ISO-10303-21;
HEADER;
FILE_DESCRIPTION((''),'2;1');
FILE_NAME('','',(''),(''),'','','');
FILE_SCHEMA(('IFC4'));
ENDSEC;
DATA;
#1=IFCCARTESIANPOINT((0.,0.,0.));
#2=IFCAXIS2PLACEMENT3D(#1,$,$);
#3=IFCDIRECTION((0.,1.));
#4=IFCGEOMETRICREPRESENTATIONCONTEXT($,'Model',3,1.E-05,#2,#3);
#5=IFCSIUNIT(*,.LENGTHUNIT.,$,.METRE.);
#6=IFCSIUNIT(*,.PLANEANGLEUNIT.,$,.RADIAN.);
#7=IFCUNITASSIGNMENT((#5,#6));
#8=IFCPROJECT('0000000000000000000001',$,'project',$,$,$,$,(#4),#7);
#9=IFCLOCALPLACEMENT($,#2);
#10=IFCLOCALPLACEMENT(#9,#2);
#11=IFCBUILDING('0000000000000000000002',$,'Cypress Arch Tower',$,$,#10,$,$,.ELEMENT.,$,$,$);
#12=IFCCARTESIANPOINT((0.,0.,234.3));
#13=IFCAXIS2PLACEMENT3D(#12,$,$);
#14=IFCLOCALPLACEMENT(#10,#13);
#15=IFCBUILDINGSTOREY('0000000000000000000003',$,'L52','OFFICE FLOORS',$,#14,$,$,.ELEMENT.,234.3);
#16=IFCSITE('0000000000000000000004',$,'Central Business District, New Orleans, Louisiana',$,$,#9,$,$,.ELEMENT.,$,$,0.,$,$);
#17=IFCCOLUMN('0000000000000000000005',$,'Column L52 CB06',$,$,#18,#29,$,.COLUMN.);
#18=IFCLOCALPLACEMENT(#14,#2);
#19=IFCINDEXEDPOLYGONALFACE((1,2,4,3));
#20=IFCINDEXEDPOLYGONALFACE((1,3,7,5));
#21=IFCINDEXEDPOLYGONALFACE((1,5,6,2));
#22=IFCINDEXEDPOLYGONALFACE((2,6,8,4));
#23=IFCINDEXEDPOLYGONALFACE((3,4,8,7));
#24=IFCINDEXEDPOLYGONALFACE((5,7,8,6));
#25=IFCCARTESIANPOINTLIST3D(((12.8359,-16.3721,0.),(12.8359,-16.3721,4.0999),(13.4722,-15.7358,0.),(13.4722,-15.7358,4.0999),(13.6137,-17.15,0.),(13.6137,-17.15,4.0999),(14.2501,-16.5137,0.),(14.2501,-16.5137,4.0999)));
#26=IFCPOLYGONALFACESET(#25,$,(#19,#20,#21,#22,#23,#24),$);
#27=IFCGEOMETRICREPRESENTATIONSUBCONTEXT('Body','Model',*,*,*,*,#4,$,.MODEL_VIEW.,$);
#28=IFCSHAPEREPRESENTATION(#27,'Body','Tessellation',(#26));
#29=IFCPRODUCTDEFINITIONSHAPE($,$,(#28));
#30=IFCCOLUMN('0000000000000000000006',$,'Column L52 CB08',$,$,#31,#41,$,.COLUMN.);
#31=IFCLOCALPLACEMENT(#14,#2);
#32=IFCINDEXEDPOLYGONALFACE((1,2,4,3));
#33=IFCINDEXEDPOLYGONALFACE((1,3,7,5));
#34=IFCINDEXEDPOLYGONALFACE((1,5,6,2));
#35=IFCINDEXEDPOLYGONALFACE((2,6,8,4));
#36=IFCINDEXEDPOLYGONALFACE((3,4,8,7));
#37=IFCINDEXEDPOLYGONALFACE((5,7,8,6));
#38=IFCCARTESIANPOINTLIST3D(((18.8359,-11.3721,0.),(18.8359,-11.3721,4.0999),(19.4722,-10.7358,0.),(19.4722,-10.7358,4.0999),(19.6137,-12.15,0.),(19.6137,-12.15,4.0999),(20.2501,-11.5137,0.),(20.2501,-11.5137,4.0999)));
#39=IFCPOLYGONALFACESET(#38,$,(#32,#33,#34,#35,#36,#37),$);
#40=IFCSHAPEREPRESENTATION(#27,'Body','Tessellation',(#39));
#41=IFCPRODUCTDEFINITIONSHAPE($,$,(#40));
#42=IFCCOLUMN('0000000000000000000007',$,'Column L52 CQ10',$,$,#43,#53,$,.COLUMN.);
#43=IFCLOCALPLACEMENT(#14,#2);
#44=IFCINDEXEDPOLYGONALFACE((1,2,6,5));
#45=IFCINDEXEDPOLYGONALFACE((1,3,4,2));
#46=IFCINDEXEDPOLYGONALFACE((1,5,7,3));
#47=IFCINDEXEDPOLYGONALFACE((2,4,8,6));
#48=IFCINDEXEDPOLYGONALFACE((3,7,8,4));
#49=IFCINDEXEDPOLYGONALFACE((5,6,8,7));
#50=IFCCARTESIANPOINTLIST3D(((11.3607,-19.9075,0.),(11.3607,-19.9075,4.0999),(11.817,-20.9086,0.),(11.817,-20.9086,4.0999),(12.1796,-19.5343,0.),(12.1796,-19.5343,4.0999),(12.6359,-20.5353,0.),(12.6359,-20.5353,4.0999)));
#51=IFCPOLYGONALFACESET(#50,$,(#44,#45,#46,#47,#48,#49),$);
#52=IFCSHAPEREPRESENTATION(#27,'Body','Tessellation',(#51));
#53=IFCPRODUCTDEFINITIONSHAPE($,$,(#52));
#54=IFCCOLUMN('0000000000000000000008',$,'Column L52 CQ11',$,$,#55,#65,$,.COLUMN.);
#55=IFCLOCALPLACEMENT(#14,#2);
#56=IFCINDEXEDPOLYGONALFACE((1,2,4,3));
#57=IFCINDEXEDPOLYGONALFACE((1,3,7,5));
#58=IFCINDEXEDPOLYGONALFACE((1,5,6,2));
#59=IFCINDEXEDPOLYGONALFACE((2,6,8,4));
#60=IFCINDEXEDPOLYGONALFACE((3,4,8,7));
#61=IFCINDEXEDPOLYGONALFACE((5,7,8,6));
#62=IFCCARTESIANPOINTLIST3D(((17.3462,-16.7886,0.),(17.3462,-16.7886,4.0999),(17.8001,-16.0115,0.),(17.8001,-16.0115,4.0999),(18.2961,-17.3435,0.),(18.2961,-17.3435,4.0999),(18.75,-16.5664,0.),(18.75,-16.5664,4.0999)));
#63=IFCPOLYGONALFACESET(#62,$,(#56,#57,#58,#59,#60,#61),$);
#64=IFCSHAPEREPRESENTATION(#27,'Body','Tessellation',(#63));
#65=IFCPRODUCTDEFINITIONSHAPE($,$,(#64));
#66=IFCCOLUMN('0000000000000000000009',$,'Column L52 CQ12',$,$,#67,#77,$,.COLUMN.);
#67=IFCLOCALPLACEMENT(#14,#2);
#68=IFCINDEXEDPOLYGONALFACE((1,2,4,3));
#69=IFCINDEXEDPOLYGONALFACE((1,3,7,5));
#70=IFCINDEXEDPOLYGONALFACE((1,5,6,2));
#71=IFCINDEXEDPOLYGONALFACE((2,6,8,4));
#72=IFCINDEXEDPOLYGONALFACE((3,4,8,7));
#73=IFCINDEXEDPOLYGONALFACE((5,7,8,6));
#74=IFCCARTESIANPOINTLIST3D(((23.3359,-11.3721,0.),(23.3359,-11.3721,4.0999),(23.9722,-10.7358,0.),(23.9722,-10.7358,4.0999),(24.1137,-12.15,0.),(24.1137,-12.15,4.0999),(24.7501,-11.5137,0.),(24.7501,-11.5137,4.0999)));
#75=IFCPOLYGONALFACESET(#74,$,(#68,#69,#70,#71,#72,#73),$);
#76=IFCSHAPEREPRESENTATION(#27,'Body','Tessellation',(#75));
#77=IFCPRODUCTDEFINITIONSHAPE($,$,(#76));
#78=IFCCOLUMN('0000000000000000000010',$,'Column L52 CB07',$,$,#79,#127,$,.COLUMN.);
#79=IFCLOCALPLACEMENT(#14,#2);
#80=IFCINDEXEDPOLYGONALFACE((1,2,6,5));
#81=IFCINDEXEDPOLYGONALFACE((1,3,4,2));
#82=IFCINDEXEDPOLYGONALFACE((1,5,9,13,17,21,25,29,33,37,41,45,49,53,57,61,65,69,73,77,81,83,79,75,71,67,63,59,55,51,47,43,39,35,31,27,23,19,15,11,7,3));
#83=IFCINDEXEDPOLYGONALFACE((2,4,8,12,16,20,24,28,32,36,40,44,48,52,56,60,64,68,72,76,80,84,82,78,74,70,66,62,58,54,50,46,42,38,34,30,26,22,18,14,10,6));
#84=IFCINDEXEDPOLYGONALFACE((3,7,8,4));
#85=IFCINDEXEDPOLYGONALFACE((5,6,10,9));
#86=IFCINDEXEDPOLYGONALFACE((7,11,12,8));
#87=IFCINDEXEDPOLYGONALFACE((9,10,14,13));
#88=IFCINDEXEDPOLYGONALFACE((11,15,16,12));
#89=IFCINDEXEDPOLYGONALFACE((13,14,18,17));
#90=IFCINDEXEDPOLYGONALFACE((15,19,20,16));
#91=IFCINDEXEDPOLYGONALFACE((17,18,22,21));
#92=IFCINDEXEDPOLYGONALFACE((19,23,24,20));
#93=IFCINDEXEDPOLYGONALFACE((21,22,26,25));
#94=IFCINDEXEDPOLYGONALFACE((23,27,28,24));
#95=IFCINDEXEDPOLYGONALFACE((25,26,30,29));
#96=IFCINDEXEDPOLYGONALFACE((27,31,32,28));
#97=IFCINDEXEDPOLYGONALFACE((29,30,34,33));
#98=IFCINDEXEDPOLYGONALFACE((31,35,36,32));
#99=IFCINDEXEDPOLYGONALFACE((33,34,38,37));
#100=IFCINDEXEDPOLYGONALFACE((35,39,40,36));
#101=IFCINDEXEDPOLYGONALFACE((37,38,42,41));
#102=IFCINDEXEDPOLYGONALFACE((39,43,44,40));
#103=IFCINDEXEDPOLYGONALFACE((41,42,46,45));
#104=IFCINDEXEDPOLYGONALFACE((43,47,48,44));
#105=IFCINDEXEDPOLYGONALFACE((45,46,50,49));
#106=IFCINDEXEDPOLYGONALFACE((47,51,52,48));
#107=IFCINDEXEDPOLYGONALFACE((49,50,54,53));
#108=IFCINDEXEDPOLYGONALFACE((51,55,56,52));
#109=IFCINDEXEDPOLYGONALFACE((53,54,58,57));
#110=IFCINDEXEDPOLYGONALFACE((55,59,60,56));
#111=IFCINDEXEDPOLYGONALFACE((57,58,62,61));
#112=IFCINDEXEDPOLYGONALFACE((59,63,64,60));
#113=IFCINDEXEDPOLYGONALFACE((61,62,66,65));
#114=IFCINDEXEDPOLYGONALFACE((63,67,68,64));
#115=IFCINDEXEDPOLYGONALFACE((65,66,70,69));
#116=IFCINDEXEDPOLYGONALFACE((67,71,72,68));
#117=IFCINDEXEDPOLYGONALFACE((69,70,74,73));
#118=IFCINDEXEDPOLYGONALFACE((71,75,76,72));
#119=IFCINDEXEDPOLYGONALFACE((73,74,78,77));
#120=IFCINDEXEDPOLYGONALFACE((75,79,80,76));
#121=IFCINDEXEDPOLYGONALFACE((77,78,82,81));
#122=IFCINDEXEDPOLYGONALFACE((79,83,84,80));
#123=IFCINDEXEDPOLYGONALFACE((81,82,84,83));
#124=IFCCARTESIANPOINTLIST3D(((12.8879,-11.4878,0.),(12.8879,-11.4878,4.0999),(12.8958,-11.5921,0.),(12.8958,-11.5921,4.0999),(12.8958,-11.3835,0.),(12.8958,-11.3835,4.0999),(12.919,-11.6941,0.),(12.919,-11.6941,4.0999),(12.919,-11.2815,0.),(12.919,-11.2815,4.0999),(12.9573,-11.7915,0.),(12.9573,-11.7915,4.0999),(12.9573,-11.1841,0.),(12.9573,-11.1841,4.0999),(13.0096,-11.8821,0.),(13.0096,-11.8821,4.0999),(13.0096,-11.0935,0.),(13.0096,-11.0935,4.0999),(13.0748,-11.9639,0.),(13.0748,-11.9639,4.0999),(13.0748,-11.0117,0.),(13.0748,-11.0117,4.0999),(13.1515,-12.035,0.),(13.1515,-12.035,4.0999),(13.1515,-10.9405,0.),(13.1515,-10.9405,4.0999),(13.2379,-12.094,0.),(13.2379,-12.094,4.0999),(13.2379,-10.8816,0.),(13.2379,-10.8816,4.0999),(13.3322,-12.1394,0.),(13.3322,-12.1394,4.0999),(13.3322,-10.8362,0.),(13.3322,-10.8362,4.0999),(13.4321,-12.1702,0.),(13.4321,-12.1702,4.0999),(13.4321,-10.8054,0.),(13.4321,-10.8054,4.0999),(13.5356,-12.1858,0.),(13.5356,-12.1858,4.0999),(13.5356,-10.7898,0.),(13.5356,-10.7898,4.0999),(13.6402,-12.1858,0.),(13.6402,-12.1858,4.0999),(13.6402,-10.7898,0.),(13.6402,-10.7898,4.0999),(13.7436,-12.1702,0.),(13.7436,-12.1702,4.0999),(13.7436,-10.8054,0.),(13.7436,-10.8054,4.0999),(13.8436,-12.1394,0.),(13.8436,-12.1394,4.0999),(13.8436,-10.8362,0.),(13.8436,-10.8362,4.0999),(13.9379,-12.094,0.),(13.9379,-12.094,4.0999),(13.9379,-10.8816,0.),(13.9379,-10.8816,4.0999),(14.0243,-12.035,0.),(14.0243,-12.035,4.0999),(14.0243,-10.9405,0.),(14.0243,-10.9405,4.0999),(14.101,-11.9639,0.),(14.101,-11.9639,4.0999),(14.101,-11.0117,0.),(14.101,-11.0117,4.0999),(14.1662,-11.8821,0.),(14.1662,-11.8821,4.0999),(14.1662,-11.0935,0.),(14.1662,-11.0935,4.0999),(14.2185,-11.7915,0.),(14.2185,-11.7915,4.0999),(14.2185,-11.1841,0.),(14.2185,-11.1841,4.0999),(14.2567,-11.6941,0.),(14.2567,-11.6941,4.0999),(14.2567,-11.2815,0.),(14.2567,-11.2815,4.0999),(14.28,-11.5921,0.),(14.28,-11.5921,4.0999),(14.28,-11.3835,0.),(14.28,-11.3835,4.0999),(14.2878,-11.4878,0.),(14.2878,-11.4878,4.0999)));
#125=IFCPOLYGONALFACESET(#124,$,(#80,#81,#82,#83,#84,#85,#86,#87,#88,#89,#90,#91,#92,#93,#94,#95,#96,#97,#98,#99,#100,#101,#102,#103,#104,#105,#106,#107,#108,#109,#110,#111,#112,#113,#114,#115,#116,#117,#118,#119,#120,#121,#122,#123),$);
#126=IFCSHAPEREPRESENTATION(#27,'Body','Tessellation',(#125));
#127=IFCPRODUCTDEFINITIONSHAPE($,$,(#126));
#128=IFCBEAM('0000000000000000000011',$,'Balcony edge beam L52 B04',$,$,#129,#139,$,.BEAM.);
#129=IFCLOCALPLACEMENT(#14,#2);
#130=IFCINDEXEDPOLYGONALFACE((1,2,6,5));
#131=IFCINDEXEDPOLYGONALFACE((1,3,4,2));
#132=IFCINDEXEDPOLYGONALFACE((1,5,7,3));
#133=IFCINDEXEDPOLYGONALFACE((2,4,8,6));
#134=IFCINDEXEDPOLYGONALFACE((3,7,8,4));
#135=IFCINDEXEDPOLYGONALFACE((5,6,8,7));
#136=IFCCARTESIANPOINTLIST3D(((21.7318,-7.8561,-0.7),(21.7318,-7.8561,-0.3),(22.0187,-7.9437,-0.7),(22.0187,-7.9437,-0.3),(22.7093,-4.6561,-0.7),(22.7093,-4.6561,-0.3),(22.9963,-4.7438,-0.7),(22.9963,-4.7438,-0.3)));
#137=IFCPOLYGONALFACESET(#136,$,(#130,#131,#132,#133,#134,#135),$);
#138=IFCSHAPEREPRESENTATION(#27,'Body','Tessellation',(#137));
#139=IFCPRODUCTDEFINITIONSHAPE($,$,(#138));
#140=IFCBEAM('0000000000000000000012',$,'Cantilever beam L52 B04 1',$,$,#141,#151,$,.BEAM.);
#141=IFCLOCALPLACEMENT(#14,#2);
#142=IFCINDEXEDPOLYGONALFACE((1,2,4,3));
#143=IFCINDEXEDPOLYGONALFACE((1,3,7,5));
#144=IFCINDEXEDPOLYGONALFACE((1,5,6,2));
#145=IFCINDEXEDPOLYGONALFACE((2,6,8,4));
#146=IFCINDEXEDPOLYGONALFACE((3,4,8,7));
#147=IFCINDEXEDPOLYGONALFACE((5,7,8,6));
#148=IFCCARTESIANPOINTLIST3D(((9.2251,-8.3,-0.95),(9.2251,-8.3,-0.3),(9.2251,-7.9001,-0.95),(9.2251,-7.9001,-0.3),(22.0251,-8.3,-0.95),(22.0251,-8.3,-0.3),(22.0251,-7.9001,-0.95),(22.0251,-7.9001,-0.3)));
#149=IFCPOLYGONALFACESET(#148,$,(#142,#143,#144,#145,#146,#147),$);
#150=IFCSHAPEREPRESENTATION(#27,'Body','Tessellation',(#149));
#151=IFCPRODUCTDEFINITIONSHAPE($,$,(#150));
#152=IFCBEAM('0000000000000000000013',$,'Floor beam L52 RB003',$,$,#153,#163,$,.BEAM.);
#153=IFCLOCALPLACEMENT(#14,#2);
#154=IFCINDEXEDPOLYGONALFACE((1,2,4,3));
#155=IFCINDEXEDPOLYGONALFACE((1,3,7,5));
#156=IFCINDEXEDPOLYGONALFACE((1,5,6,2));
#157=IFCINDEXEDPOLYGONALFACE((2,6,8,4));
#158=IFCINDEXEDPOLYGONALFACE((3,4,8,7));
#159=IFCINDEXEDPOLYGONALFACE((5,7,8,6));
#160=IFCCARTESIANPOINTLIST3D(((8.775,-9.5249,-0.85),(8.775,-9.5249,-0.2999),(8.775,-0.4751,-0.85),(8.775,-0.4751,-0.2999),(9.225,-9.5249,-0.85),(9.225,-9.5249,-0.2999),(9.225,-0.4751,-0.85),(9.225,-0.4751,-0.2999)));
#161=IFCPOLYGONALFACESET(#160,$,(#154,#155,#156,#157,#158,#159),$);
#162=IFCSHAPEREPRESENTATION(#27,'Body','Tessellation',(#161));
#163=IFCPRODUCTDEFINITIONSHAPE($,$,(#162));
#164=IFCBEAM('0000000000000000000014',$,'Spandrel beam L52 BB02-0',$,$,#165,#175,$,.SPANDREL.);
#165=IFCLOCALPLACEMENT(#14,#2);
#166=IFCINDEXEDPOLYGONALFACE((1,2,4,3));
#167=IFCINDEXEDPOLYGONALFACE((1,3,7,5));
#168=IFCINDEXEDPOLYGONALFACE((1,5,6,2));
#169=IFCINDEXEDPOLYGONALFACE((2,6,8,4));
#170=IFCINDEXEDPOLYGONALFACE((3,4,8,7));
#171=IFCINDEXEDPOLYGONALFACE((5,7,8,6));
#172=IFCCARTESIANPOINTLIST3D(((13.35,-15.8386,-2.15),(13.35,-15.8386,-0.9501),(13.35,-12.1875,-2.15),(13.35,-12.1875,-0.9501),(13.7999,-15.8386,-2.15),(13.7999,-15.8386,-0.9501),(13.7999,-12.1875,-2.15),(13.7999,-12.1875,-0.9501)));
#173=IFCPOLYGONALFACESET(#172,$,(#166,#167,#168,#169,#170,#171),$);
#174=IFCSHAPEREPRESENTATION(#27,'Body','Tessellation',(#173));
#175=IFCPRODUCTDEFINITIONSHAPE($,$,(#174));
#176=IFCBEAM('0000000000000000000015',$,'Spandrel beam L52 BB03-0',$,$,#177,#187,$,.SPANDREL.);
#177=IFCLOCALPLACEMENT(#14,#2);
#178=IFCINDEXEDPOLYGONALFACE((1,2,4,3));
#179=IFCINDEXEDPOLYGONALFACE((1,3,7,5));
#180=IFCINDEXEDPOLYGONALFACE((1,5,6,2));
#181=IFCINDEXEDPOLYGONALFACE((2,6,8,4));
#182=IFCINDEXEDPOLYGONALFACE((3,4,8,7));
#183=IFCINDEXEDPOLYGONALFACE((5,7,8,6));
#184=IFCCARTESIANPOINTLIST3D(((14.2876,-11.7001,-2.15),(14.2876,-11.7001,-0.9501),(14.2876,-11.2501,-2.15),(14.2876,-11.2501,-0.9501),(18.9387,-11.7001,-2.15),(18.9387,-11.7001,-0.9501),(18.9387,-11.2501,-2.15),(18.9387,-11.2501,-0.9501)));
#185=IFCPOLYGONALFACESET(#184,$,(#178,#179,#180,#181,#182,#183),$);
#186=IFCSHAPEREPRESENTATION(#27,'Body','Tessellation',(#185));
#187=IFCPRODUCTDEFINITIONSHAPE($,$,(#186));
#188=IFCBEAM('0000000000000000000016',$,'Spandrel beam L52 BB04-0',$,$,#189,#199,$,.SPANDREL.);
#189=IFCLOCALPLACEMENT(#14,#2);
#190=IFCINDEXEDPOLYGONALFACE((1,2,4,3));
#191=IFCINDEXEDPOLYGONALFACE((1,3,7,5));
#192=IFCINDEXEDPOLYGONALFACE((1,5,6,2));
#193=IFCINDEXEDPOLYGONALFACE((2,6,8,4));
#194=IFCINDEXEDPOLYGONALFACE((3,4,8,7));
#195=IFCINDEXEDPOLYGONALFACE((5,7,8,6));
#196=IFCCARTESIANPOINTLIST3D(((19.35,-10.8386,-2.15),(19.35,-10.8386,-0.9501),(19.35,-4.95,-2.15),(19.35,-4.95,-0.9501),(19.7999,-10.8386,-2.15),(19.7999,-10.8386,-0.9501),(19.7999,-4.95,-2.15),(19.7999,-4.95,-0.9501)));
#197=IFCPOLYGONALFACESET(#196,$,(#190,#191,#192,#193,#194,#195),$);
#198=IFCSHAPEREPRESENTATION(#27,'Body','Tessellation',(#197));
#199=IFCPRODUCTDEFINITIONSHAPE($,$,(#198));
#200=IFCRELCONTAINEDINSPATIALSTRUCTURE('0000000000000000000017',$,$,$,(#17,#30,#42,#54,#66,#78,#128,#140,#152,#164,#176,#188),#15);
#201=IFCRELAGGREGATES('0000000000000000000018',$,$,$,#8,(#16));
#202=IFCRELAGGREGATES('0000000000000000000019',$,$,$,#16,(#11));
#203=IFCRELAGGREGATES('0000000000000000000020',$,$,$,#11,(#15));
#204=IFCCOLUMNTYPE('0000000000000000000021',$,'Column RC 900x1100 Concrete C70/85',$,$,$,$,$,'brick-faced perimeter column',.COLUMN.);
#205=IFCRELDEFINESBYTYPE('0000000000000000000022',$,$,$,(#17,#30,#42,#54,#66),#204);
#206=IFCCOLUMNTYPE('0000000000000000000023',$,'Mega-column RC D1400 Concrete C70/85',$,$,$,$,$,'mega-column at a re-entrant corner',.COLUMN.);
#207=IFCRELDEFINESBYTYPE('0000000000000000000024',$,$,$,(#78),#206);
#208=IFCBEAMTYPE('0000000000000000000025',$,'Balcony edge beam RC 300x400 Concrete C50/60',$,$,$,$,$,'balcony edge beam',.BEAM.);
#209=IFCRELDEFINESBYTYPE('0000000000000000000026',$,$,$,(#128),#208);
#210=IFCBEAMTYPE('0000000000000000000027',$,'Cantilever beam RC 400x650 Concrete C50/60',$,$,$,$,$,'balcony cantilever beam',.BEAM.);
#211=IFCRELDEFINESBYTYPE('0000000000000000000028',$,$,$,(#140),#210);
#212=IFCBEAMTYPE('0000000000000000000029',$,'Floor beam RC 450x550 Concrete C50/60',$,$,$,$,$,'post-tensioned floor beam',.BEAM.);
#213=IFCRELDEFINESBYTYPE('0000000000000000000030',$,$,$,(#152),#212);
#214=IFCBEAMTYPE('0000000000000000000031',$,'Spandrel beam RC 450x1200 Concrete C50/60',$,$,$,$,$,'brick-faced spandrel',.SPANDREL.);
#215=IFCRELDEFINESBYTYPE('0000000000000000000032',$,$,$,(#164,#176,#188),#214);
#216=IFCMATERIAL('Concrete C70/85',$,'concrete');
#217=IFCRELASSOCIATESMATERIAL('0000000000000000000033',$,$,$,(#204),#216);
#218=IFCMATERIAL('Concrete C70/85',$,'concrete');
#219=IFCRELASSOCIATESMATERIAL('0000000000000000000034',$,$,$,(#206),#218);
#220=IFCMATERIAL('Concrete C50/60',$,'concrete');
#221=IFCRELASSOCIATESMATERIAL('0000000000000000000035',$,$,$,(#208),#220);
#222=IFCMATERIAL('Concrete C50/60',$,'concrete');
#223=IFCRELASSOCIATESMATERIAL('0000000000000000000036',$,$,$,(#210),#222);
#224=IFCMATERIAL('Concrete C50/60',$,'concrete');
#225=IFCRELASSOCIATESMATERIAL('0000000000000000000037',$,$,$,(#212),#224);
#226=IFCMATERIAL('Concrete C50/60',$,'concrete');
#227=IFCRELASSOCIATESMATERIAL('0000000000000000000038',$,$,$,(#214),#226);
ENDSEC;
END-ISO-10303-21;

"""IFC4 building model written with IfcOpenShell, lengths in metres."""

from ifc_helpers import new_model, si_unit, direction, frame, origin, origin_2d, place, context, subcontext, project, spatial, rectangle, circle, extrude, material, material_profile, profile_set, type_object, element, save


model = new_model("IFC4")

# Units and contexts
model_context = context("Model", 3, precision=1e-05, world=origin(), true_north=direction((0.0, 1.0)))
body_context = subcontext(model_context, "Body", "Model", "MODEL_VIEW")
ifc_project = project(units=[si_unit("LENGTHUNIT", "METRE"), si_unit("PLANEANGLEUNIT", "RADIAN")], contexts=[model_context])

# Site, building, storey
site_placement = place(None, origin())
site = spatial("IfcSite", under=ifc_project, at=site_placement, Name="Central Business District, New Orleans, Louisiana", CompositionType="ELEMENT", RefElevation=0.0)
building_placement = place(site_placement, origin())
building = spatial("IfcBuilding", under=site, at=building_placement, Name="Cypress Arch Tower", CompositionType="ELEMENT")
storey_placement = place(building_placement, frame((0.0, 0.0, 234.3)))
storey = spatial("IfcBuildingStorey", under=building, at=storey_placement, Name="L52", Description="OFFICE FLOORS", CompositionType="ELEMENT", Elevation=234.3)

# Columns
ifc_material_1 = material(Name="Concrete C70/85", Category="concrete")
ifc_material_profile_1 = material_profile(ifc_material_1, rectangle(XDim=0.8999, YDim=1.1001, at=origin_2d()), Name="RC 900x1100")
ifc_profile_set_1 = profile_set([ifc_material_profile_1], Name="Concrete C70/85")
column_type_1 = type_object("IfcColumnType", Name="Column RC 900x1100 Concrete C70/85", ElementType="brick-faced perimeter column", PredefinedType="COLUMN", material=ifc_profile_set_1)
for number, where, z_axis, x_axis, name in (
    (1, (13.543, -16.4429, 0.0), (0.0, 0.0, 1.0), (0.707107, 0.707107, 0.0), "Column L52 CB06"),
    (2, (19.543, -11.4429, 0.0), (0.0, 0.0, 1.0), (0.707107, 0.707107, 0.0), "Column L52 CB08"),
    (3, (11.9983, -20.2214, 0.0), (0.0, 0.0, 1.0), (0.909932, 0.414757, 0.0), "Column L52 CQ10"),
    (4, (18.0481, -16.6775, 0.0), (0.0, 0.0, 1.0), (0.504399, 0.863471, 0.0), "Column L52 CQ11"),
    (5, (24.043, -11.4429, 0.0), (0.0, 0.0, 1.0), (0.707107, 0.707107, 0.0), "Column L52 CQ12"),
):
    element("IfcColumn", number, at=place(storey_placement, frame(where, z_axis=z_axis, x_axis=x_axis)), inside=storey, type_object=column_type_1, Name=name, PredefinedType="COLUMN", context=body_context, shape_type="SweptSolid", body=[
        extrude(rectangle(XDim=0.8999, YDim=1.1001, at=origin_2d()), origin(), (0.0, 0.0, 1.0), 4.0999),
    ])
ifc_material_2 = material(Name="Concrete C70/85", Category="concrete")
ifc_material_profile_2 = material_profile(ifc_material_2, circle(Radius=0.7, at=origin_2d()), Name="RC D1400")
ifc_profile_set_2 = profile_set([ifc_material_profile_2], Name="Concrete C70/85")
column_type_2 = type_object("IfcColumnType", Name="Mega-column RC D1400 Concrete C70/85", ElementType="mega-column at a re-entrant corner", PredefinedType="COLUMN", material=ifc_profile_set_2)
column_placement = place(storey_placement, frame((13.5879, -11.4878, 0.0), z_axis=(0.0, 0.0, 1.0), x_axis=(1.0, 0.0, 0.0)))
element("IfcColumn", 6, at=column_placement, inside=storey, type_object=column_type_2, Name="Column L52 CB07", PredefinedType="COLUMN", context=body_context, shape_type="SweptSolid", body=[
    extrude(circle(Radius=0.7, at=origin_2d()), origin(), (0.0, 0.0, 1.0), 4.0999),
])

# Beams
ifc_material_3 = material(Name="Concrete C50/60", Category="concrete")
ifc_material_profile_3 = material_profile(ifc_material_3, rectangle(XDim=0.3, YDim=0.3999, at=origin_2d()), Name="RC 300x400")
ifc_profile_set_3 = profile_set([ifc_material_profile_3], Name="Concrete C50/60")
beam_type_1 = type_object("IfcBeamType", Name="Balcony edge beam RC 300x400 Concrete C50/60", ElementType="balcony edge beam", PredefinedType="BEAM", material=ifc_profile_set_3)
beam_1_placement = place(storey_placement, frame((21.8752, -7.8999, -0.5), z_axis=(0.292157, 0.95637, 0.0), x_axis=(-0.95637, 0.292157, 0.0)))
element("IfcBeam", 7, at=beam_1_placement, inside=storey, type_object=beam_type_1, Name="Balcony edge beam L52 B04", PredefinedType="BEAM", context=body_context, shape_type="SweptSolid", body=[
    extrude(rectangle(XDim=0.3, YDim=0.3999, at=origin_2d()), origin(), (0.0, 0.0, 1.0), 3.3459),
])
ifc_material_4 = material(Name="Concrete C50/60", Category="concrete")
ifc_material_profile_4 = material_profile(ifc_material_4, rectangle(XDim=0.3999, YDim=0.6499, at=origin_2d()), Name="RC 400x650")
ifc_profile_set_4 = profile_set([ifc_material_profile_4], Name="Concrete C50/60")
beam_type_2 = type_object("IfcBeamType", Name="Cantilever beam RC 400x650 Concrete C50/60", ElementType="balcony cantilever beam", PredefinedType="BEAM", material=ifc_profile_set_4)
beam_2_placement = place(storey_placement, frame((9.2251, -8.1001, -0.625), z_axis=(1.0, 0.0, 0.0), x_axis=(0.0, 1.0, 0.0)))
element("IfcBeam", 8, at=beam_2_placement, inside=storey, type_object=beam_type_2, Name="Cantilever beam L52 B04 1", PredefinedType="BEAM", context=body_context, shape_type="SweptSolid", body=[
    extrude(rectangle(XDim=0.3999, YDim=0.6499, at=origin_2d()), origin(), (0.0, 0.0, 1.0), 12.8),
])
ifc_material_5 = material(Name="Concrete C50/60", Category="concrete")
ifc_material_profile_5 = material_profile(ifc_material_5, rectangle(XDim=0.45, YDim=0.55, at=origin_2d()), Name="RC 450x550")
ifc_profile_set_5 = profile_set([ifc_material_profile_5], Name="Concrete C50/60")
beam_type_3 = type_object("IfcBeamType", Name="Floor beam RC 450x550 Concrete C50/60", ElementType="post-tensioned floor beam", PredefinedType="BEAM", material=ifc_profile_set_5)
beam_3_placement = place(storey_placement, frame((9.0, -9.5249, -0.575), z_axis=(0.0, 1.0, 0.0), x_axis=(-1.0, 0.0, 0.0)))
element("IfcBeam", 9, at=beam_3_placement, inside=storey, type_object=beam_type_3, Name="Floor beam L52 RB003", PredefinedType="BEAM", context=body_context, shape_type="SweptSolid", body=[
    extrude(rectangle(XDim=0.45, YDim=0.55, at=origin_2d()), origin(), (0.0, 0.0, 1.0), 9.0498),
])
ifc_material_6 = material(Name="Concrete C50/60", Category="concrete")
ifc_material_profile_6 = material_profile(ifc_material_6, rectangle(XDim=0.45, YDim=1.2, at=origin_2d()), Name="RC 450x1200")
ifc_profile_set_6 = profile_set([ifc_material_profile_6], Name="Concrete C50/60")
beam_type_4 = type_object("IfcBeamType", Name="Spandrel beam RC 450x1200 Concrete C50/60", ElementType="brick-faced spandrel", PredefinedType="SPANDREL", material=ifc_profile_set_6)
beam_4_placement = place(storey_placement, frame((13.575, -15.8386, -1.55), z_axis=(0.0, 1.0, 0.0), x_axis=(-1.0, 0.0, 0.0)))
element("IfcBeam", 10, at=beam_4_placement, inside=storey, type_object=beam_type_4, Name="Spandrel beam L52 BB02-0", PredefinedType="SPANDREL", context=body_context, shape_type="SweptSolid", body=[
    extrude(rectangle(XDim=0.45, YDim=1.2, at=origin_2d()), origin(), (0.0, 0.0, 1.0), 3.6511),
])
beam_5_placement = place(storey_placement, frame((14.2876, -11.4751, -1.55), z_axis=(1.0, 0.0, 0.0), x_axis=(0.0, 1.0, 0.0)))
element("IfcBeam", 11, at=beam_5_placement, inside=storey, type_object=beam_type_4, Name="Spandrel beam L52 BB03-0", PredefinedType="SPANDREL", context=body_context, shape_type="SweptSolid", body=[
    extrude(rectangle(XDim=0.45, YDim=1.2, at=origin_2d()), origin(), (0.0, 0.0, 1.0), 4.6511),
])
beam_6_placement = place(storey_placement, frame((19.575, -10.8386, -1.55), z_axis=(0.0, 1.0, 0.0), x_axis=(-1.0, 0.0, 0.0)))
element("IfcBeam", 12, at=beam_6_placement, inside=storey, type_object=beam_type_4, Name="Spandrel beam L52 BB04-0", PredefinedType="SPANDREL", context=body_context, shape_type="SweptSolid", body=[
    extrude(rectangle(XDim=0.45, YDim=1.2, at=origin_2d()), origin(), (0.0, 0.0, 1.0), 5.8887),
])

save(model, "model.ifc")
